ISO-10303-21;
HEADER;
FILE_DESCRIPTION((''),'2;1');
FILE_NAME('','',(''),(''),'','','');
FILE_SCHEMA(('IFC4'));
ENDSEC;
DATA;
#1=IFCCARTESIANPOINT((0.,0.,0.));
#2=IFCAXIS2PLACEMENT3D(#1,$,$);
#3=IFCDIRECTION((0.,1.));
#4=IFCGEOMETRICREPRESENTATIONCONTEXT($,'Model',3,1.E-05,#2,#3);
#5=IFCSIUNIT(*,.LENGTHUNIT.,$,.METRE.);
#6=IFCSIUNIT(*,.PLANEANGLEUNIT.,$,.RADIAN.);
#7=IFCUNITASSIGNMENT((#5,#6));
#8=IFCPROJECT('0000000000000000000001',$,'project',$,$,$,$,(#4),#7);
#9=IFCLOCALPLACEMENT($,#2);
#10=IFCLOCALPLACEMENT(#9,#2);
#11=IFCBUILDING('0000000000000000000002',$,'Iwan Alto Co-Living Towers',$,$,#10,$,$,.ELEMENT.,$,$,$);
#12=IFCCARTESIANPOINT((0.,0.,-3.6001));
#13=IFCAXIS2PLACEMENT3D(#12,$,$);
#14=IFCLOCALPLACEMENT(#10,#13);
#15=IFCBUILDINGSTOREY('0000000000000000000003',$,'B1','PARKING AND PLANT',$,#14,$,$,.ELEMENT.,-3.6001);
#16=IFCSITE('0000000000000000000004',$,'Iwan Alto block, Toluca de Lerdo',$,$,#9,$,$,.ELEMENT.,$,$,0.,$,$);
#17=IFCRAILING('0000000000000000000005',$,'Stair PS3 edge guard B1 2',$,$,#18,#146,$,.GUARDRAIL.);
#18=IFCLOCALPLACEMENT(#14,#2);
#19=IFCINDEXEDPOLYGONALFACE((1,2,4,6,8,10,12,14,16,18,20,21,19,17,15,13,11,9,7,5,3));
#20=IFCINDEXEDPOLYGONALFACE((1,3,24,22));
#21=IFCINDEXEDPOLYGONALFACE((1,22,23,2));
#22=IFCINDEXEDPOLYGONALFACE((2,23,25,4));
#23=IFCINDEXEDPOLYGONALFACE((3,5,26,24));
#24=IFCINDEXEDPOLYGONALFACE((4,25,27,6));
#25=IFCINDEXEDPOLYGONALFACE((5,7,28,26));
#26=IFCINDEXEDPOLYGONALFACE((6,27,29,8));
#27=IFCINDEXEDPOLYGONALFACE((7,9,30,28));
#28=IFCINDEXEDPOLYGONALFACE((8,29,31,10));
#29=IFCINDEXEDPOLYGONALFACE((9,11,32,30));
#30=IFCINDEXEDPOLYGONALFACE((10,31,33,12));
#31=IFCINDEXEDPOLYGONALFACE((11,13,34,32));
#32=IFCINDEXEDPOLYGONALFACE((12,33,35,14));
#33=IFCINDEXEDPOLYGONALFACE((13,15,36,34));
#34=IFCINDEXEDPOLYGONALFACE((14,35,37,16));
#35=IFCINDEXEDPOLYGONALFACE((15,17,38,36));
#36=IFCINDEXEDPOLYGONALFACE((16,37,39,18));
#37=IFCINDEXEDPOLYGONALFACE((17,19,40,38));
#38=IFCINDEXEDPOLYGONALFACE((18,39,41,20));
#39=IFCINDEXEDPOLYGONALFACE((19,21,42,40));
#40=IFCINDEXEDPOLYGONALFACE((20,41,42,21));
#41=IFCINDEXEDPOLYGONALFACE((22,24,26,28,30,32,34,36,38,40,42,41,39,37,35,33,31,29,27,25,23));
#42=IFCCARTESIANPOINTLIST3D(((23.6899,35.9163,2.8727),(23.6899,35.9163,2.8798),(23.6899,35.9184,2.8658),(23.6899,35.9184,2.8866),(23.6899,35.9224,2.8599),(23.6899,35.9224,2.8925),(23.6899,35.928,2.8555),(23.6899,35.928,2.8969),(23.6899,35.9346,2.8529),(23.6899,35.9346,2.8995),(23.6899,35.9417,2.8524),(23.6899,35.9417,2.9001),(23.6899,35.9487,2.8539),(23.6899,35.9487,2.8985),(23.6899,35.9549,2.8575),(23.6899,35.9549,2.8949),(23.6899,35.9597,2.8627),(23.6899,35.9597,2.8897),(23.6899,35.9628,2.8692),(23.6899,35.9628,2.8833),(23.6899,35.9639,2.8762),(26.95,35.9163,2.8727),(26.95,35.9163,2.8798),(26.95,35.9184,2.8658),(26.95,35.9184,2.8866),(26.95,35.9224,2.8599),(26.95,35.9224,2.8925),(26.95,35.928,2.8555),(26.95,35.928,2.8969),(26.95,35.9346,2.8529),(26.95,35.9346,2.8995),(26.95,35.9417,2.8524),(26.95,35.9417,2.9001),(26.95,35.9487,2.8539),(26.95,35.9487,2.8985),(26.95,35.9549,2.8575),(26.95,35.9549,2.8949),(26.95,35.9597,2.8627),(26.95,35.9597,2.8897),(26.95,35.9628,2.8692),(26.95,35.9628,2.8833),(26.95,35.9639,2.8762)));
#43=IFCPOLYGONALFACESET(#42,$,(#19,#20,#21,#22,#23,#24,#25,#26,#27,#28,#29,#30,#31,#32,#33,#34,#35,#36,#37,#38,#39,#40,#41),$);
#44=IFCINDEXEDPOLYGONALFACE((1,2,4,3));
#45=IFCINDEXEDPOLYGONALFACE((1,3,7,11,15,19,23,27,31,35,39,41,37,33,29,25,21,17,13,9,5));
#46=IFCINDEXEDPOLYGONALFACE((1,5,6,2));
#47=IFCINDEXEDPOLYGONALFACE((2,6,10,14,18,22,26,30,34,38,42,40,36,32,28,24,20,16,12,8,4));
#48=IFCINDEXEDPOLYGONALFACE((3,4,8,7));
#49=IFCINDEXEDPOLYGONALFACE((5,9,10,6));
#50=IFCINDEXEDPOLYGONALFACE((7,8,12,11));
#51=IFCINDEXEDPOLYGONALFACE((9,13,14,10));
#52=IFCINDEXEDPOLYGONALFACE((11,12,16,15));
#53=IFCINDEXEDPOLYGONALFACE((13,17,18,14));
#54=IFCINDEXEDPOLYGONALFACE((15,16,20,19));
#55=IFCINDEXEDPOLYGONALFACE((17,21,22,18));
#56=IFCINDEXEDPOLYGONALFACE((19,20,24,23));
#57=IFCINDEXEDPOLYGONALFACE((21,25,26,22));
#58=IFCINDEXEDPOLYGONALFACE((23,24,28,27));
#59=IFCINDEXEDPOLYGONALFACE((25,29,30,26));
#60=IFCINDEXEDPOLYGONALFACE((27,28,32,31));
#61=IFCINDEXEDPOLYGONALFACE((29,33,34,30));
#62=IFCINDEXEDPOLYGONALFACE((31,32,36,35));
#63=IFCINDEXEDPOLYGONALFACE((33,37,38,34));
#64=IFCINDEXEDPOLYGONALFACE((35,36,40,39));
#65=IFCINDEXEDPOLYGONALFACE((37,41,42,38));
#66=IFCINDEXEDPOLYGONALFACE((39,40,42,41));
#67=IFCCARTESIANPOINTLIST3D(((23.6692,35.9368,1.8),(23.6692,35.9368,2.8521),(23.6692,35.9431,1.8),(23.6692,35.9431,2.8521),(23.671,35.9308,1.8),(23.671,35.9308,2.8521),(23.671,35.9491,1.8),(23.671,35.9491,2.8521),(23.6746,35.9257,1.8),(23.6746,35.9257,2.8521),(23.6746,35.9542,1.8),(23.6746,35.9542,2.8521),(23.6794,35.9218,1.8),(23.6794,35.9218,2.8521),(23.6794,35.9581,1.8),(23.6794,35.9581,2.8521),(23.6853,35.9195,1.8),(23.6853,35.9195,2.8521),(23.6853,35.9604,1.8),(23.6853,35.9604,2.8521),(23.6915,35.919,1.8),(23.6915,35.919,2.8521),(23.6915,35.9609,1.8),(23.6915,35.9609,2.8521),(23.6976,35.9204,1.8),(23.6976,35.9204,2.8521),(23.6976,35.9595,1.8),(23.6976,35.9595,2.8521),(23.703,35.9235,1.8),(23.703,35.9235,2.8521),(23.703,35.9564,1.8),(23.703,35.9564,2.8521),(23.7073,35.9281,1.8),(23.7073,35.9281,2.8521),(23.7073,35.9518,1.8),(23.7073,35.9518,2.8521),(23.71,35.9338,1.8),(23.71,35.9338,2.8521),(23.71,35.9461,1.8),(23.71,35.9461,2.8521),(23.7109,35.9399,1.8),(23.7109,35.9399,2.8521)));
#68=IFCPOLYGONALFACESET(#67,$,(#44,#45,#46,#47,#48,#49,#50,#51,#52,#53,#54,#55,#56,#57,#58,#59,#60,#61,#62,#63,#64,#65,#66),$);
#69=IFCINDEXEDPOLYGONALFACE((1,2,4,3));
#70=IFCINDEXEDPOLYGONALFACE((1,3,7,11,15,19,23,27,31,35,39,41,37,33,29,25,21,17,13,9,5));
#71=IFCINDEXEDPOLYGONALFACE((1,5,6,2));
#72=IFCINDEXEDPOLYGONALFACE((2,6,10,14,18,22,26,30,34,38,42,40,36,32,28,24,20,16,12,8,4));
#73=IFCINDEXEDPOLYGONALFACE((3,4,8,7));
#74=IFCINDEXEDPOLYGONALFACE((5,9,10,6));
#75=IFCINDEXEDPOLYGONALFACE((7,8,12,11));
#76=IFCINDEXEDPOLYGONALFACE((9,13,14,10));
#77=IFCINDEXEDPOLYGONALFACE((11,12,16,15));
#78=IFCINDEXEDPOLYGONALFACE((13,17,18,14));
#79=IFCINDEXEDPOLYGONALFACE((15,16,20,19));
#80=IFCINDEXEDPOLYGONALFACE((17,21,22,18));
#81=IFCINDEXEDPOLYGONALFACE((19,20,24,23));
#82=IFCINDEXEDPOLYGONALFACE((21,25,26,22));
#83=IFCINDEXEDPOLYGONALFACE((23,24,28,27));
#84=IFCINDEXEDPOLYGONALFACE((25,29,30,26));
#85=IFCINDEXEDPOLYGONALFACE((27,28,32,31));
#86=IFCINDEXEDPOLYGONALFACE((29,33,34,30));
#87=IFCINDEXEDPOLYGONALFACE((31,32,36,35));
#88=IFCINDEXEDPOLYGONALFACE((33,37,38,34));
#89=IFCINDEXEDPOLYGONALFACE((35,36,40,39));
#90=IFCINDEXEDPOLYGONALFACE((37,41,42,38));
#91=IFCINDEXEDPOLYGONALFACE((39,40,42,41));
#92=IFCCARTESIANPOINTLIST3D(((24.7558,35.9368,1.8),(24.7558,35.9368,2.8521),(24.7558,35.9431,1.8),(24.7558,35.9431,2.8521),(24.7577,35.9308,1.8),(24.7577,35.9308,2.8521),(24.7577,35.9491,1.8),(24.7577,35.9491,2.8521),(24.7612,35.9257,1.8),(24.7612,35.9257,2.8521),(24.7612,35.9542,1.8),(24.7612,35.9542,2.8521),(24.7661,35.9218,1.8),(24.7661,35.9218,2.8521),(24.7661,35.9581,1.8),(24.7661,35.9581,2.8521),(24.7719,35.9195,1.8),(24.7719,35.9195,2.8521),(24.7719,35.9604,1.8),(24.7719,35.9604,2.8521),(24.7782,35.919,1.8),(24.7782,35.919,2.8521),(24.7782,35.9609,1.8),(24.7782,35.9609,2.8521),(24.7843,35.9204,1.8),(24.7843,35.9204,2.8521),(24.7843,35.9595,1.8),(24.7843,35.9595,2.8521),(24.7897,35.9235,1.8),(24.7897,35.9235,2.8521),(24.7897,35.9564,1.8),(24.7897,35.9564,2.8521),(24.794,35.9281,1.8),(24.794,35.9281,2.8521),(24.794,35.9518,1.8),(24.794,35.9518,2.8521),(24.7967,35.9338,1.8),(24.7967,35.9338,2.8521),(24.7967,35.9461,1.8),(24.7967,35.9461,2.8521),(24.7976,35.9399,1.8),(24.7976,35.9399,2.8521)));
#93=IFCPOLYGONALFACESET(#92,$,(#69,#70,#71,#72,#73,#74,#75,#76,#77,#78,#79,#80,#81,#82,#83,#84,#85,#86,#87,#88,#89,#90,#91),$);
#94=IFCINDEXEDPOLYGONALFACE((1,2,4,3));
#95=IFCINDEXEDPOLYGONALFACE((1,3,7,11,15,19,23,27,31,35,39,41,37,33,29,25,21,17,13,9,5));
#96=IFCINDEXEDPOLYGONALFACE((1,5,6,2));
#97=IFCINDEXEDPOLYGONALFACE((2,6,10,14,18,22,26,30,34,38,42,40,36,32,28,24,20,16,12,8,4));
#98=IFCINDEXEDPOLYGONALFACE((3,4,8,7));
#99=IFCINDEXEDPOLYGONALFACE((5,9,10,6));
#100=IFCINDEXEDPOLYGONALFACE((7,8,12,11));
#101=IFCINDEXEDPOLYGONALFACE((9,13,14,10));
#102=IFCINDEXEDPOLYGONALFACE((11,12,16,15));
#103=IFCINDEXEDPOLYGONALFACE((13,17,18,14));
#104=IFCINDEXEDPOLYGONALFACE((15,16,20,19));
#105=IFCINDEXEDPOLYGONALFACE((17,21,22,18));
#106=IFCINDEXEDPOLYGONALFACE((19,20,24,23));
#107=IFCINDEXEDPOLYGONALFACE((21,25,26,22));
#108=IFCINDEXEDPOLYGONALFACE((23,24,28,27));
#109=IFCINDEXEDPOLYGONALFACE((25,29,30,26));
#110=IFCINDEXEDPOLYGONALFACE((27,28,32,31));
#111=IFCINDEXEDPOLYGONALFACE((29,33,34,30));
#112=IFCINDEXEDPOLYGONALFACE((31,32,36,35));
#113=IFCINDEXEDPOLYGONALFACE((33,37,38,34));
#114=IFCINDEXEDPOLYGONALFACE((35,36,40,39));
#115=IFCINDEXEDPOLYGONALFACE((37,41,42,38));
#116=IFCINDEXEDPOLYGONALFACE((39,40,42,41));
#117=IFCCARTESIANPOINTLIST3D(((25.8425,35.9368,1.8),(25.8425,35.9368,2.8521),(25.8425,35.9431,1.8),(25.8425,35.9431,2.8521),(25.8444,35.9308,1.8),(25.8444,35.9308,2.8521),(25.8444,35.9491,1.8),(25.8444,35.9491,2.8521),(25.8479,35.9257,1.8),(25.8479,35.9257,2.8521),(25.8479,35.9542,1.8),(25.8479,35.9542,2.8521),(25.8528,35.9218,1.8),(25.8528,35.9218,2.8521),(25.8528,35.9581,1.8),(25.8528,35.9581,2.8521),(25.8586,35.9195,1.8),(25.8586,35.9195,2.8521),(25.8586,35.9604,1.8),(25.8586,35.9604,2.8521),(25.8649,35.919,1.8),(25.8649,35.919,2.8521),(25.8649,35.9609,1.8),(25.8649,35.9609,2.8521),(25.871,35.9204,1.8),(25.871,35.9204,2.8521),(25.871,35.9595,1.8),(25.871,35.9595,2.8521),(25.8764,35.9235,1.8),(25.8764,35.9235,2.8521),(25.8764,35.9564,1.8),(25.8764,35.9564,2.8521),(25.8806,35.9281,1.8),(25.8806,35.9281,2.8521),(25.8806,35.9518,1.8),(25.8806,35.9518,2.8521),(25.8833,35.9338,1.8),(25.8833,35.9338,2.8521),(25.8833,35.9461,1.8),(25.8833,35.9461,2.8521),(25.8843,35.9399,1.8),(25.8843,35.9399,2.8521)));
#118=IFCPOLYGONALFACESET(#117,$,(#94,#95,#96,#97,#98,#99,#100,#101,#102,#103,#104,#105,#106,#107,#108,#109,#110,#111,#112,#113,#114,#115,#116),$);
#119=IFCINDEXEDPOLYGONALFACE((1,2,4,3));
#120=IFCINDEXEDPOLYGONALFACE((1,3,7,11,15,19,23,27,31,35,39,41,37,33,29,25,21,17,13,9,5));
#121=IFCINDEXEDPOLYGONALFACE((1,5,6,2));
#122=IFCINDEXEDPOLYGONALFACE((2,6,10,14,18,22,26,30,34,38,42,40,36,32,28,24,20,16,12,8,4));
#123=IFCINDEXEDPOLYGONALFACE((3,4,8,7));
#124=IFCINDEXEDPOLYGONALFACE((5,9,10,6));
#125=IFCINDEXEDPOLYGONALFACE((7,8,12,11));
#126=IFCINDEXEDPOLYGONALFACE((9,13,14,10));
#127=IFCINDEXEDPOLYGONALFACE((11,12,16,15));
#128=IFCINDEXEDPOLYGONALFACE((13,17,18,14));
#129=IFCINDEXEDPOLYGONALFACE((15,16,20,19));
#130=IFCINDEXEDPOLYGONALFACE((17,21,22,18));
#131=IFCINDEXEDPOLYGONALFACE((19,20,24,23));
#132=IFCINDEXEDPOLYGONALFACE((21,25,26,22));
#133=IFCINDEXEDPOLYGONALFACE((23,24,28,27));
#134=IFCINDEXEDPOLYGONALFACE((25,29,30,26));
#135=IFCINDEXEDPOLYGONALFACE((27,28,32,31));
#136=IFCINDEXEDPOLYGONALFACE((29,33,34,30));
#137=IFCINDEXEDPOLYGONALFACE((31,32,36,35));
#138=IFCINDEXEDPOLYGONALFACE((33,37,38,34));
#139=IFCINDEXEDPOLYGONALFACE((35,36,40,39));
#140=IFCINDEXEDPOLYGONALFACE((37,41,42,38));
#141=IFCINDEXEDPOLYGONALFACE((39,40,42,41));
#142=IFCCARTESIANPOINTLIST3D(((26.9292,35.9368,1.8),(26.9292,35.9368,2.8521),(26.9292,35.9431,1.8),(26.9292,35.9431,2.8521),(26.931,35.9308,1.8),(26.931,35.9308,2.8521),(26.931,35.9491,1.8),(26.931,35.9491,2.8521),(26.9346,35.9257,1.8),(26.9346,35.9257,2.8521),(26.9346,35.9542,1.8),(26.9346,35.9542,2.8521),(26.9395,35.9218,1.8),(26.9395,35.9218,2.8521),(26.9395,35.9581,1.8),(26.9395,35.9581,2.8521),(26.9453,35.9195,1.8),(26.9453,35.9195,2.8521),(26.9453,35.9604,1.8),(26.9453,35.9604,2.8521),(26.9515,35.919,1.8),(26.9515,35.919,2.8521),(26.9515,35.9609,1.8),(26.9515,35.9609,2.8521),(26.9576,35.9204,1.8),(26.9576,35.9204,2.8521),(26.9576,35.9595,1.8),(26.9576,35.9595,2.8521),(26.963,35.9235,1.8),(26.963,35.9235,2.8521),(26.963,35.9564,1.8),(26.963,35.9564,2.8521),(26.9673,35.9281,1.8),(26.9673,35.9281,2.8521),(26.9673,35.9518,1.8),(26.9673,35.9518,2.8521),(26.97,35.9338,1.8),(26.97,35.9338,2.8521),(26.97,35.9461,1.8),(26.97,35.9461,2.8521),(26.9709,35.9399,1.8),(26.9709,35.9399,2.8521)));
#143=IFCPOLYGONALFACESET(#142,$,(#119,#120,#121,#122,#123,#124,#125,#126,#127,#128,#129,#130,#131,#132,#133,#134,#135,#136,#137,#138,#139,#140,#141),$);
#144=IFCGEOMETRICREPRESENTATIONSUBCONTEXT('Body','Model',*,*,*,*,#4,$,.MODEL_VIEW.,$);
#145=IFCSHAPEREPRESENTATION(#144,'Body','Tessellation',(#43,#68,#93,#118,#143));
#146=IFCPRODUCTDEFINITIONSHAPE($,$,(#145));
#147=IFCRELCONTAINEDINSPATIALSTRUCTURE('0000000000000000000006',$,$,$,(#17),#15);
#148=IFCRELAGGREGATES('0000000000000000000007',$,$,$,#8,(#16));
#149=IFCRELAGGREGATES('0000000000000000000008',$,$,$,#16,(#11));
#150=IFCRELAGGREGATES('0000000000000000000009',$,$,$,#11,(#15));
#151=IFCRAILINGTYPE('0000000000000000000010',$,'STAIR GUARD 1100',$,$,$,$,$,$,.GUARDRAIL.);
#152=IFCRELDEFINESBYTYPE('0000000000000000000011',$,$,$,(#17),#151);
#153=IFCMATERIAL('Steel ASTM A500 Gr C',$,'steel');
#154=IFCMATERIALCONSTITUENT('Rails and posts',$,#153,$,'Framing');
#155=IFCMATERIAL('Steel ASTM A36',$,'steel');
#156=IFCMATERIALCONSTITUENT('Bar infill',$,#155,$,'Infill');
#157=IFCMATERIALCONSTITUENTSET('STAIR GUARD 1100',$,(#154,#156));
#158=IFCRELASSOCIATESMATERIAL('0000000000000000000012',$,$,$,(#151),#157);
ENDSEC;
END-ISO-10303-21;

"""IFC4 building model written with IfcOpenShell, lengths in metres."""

from ifc_helpers import new_model, si_unit, direction, frame, origin, origin_2d, place, context, subcontext, project, spatial, circle, extrude, material, constituent, constituent_set, type_object, element, save


model = new_model("IFC4")

# Units and contexts
model_context = context("Model", 3, precision=1e-05, world=origin(), true_north=direction((0.0, 1.0)))
body_context = subcontext(model_context, "Body", "Model", "MODEL_VIEW")
ifc_project = project(units=[si_unit("LENGTHUNIT", "METRE"), si_unit("PLANEANGLEUNIT", "RADIAN")], contexts=[model_context])

# Site, building, storey
site_placement = place(None, origin())
site = spatial("IfcSite", under=ifc_project, at=site_placement, Name="Iwan Alto block, Toluca de Lerdo", CompositionType="ELEMENT", RefElevation=0.0)
building_placement = place(site_placement, origin())
building = spatial("IfcBuilding", under=site, at=building_placement, Name="Iwan Alto Co-Living Towers", CompositionType="ELEMENT")
storey_placement = place(building_placement, frame((0.0, 0.0, -3.6001)))
storey = spatial("IfcBuildingStorey", under=building, at=storey_placement, Name="B1", Description="PARKING AND PLANT", CompositionType="ELEMENT", Elevation=-3.6001)

# Shared definitions
ifc_material_1 = material(Name="Steel ASTM A36", Category="steel")

# Railing
ifc_material_2 = material(Name="Steel ASTM A500 Gr C", Category="steel")
ifc_constituent_1 = constituent(ifc_material_2, Name="Rails and posts", Category="Framing")
ifc_constituent_2 = constituent(ifc_material_1, Name="Bar infill", Category="Infill")
ifc_constituent_set_1 = constituent_set(constituents=[ifc_constituent_1, ifc_constituent_2], Name="STAIR GUARD 1100")
railing_type_1 = type_object("IfcRailingType", Name="STAIR GUARD 1100", PredefinedType="GUARDRAIL", material=ifc_constituent_set_1)
railing_1_placement = place(storey_placement, frame((23.6899, 35.9399, 1.8)))
element("IfcRailing", 1, at=railing_1_placement, inside=storey, type_object=railing_type_1, Name="Stair PS3 edge guard B1 2", PredefinedType="GUARDRAIL", context=body_context, shape_type="SweptSolid", body=[
    extrude(circle(Radius=0.0239, at=origin_2d()), frame((0.0, 0.0, 1.0762), z_axis=(1.0, 0.0, 0.0), x_axis=(0.0, 1.0, 0.0)), (0.0, 0.0, 1.0), 3.26),
    extrude(circle(Radius=0.021, at=origin_2d()), origin(), (0.0, 0.0, 1.0), 1.052),
    extrude(circle(Radius=0.021, at=origin_2d()), frame((1.0867, 0.0, 0.0)), (0.0, 0.0, 1.0), 1.052),
    extrude(circle(Radius=0.021, at=origin_2d()), frame((2.1733, 0.0, 0.0)), (0.0, 0.0, 1.0), 1.052),
    extrude(circle(Radius=0.021, at=origin_2d()), frame((3.26, 0.0, 0.0)), (0.0, 0.0, 1.0), 1.052),
])

save(model, "model.ifc")
